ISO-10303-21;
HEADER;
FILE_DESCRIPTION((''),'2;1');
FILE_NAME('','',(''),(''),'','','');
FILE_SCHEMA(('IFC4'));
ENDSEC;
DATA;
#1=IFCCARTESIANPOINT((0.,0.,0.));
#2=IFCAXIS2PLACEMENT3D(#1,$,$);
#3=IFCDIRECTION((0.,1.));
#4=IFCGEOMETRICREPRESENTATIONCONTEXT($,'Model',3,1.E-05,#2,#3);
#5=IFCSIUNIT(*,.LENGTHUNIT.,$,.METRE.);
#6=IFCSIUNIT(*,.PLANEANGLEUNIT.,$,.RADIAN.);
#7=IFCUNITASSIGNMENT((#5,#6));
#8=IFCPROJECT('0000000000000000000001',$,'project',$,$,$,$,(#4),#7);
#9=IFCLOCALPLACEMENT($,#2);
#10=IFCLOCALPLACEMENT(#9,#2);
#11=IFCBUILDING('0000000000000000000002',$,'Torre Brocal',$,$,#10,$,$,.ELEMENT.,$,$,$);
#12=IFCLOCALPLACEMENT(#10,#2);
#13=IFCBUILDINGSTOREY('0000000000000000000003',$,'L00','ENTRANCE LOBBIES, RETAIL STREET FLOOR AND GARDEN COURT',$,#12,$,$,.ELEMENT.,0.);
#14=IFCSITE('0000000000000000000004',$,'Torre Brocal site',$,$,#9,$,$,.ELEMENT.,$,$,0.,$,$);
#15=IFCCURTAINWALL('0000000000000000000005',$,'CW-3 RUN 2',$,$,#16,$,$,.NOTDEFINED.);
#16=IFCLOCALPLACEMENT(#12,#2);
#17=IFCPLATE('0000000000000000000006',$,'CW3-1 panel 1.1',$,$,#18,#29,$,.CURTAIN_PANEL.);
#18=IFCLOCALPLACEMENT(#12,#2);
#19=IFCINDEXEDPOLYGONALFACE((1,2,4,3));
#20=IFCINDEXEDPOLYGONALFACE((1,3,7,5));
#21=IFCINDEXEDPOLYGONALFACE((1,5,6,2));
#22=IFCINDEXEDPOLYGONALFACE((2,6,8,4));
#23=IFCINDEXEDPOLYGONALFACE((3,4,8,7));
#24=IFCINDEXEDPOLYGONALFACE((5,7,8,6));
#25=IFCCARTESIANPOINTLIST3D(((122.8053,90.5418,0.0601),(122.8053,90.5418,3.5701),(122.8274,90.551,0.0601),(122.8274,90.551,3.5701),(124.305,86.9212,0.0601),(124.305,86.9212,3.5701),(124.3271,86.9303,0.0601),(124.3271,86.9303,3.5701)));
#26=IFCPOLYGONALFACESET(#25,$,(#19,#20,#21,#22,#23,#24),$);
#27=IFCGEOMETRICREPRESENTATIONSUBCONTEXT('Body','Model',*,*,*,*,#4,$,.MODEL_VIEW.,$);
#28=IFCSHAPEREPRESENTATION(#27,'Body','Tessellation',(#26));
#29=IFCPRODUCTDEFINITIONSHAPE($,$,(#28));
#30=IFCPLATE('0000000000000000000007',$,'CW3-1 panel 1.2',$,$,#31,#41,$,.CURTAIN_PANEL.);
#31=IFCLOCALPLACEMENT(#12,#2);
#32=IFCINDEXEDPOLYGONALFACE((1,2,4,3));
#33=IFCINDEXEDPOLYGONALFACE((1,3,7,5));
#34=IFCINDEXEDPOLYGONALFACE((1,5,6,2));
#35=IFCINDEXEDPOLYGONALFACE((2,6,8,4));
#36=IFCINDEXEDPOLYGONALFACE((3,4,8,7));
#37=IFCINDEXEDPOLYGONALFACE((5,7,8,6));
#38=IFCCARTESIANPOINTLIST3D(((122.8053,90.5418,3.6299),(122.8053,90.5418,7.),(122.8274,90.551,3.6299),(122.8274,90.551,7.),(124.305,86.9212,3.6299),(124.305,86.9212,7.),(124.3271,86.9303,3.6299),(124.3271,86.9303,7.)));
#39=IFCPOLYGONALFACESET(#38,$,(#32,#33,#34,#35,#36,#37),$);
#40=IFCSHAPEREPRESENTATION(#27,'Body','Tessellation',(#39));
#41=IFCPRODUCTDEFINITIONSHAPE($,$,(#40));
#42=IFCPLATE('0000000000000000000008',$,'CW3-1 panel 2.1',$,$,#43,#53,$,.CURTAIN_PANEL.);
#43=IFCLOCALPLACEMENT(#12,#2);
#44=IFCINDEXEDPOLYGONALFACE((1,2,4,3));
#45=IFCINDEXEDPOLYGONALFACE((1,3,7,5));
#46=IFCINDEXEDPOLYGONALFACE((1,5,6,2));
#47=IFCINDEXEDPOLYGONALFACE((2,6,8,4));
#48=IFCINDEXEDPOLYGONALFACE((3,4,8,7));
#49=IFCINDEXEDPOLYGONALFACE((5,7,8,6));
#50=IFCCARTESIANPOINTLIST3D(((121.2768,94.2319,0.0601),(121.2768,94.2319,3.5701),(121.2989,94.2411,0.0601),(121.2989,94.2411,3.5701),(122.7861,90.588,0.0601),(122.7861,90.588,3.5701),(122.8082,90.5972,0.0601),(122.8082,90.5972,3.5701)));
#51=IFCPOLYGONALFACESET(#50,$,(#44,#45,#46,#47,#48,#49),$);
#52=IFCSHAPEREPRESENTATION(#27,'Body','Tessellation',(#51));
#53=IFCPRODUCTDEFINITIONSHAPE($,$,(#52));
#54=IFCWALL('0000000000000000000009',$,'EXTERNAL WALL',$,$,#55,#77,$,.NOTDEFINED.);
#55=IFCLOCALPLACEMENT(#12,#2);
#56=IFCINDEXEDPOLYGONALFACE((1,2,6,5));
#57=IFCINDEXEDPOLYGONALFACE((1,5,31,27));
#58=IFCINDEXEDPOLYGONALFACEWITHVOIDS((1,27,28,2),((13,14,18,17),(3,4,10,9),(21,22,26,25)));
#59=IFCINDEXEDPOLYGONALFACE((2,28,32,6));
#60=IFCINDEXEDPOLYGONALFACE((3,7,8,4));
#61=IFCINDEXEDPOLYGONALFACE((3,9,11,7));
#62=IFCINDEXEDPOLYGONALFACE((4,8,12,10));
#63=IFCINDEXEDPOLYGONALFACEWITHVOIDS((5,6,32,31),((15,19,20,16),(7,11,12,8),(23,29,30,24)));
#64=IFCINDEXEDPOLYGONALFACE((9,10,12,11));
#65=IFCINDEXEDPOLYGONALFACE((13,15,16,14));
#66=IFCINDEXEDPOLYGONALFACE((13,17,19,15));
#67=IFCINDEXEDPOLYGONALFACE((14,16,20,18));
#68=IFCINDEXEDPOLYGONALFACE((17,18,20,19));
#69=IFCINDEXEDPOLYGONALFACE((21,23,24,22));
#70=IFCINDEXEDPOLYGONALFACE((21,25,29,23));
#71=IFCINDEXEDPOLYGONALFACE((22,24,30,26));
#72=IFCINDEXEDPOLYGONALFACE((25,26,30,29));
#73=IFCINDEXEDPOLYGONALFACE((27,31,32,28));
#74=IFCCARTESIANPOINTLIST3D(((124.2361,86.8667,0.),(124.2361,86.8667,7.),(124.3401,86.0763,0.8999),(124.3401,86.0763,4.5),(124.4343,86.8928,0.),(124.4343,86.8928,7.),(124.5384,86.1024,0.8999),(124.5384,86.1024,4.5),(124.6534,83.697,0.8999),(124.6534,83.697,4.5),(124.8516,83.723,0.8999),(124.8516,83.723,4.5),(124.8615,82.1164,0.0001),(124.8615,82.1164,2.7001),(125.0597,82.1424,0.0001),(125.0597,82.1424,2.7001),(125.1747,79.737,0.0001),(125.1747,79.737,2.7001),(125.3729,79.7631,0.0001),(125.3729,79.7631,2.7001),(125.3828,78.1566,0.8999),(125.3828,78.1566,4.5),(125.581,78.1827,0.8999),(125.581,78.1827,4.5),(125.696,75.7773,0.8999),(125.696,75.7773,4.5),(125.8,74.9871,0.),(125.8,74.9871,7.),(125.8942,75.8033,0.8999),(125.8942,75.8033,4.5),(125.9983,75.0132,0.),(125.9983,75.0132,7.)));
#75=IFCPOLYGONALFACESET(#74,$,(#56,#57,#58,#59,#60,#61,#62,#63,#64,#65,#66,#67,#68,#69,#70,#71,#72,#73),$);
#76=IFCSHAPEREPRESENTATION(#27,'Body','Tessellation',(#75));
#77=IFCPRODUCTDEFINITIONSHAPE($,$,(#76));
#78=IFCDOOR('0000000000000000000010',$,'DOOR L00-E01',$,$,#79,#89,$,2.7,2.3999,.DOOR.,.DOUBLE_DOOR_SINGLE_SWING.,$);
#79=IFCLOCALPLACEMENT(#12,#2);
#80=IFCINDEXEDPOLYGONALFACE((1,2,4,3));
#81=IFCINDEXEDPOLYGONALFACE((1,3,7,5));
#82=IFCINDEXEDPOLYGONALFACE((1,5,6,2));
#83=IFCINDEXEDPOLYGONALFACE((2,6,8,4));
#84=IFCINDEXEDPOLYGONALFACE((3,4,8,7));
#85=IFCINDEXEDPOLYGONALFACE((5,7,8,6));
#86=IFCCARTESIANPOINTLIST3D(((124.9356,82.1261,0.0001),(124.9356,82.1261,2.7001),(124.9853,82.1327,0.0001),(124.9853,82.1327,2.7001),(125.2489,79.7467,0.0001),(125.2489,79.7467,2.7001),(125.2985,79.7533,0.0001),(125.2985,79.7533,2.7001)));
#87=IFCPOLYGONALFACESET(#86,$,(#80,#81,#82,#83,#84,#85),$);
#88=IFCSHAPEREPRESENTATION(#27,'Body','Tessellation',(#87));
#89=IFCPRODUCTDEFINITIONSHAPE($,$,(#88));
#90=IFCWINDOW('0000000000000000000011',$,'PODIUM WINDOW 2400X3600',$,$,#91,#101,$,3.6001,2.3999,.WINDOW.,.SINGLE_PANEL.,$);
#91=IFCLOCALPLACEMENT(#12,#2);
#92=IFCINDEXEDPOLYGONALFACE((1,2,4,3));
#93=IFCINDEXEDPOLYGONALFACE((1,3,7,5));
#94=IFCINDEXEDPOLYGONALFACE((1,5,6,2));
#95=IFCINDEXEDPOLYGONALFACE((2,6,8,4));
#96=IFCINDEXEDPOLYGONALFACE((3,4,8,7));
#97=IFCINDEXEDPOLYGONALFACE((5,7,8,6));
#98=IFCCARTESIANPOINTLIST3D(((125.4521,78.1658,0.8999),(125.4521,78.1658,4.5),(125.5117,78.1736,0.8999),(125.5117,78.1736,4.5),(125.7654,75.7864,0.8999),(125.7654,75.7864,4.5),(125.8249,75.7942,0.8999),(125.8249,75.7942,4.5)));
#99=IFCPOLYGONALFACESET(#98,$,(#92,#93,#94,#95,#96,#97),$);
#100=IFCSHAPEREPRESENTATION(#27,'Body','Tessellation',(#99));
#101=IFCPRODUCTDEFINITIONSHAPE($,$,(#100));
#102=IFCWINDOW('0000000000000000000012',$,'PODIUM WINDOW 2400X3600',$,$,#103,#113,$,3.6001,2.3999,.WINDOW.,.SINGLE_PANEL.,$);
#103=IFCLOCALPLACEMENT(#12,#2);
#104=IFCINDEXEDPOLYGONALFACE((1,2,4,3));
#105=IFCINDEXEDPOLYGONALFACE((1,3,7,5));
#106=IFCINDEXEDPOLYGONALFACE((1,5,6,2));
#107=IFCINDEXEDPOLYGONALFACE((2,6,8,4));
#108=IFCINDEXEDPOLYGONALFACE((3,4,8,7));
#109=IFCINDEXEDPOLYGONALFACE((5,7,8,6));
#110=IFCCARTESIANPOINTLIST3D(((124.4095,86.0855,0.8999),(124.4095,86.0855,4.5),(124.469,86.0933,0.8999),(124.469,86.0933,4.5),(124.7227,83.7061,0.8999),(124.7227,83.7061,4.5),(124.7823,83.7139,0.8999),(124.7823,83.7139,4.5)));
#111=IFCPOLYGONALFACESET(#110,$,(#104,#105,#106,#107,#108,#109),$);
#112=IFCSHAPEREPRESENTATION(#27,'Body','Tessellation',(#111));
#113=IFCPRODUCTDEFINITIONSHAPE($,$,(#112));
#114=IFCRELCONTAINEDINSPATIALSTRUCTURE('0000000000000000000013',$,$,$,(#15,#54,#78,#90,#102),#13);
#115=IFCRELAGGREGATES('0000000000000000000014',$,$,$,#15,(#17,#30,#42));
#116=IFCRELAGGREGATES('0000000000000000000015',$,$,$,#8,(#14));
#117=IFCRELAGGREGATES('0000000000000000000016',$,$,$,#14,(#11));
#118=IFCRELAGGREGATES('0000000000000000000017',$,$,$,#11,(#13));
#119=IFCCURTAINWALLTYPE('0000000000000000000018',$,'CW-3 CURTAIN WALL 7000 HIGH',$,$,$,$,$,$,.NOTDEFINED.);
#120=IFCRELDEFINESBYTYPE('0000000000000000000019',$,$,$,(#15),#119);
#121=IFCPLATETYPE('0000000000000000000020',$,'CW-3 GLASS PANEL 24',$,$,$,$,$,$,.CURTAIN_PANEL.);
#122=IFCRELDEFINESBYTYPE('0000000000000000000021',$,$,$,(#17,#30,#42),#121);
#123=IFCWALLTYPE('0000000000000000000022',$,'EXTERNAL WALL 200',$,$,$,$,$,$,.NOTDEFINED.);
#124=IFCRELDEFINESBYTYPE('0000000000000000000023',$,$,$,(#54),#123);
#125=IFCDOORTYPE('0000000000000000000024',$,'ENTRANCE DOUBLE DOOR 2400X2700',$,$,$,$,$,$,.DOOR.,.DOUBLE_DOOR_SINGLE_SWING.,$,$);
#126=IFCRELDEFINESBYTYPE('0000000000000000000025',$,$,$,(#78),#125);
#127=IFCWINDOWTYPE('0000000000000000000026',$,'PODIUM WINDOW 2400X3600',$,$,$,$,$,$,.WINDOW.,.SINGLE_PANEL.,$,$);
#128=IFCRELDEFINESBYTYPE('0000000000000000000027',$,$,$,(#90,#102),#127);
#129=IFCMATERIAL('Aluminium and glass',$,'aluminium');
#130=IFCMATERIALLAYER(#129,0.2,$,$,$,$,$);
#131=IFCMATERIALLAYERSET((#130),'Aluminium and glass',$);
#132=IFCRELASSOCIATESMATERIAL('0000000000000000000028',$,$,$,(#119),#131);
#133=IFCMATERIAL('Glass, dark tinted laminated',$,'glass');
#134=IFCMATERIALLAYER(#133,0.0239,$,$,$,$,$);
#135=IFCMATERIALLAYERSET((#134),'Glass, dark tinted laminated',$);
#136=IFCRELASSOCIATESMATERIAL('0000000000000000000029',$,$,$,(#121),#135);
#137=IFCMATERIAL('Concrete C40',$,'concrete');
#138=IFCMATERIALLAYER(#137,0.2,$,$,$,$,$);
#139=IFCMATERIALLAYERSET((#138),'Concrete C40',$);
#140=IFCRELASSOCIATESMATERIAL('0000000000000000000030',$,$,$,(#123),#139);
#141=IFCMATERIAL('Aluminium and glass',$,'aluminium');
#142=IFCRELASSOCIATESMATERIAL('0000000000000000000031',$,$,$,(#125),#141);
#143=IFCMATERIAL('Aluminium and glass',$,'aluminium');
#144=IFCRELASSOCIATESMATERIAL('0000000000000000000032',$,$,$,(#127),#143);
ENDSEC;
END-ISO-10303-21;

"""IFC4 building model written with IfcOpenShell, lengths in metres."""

from ifc_helpers import new_model, si_unit, direction, frame, frame_2d, origin, origin_2d, place, context, subcontext, project, spatial, rectangle, extrude, material, layer, layer_set, type_object, element, fill, aggregate, save


model = new_model("IFC4")

# Units and contexts
model_context = context("Model", 3, precision=1e-05, world=origin(), true_north=direction((0.0, 1.0)))
body_context = subcontext(model_context, "Body", "Model", "MODEL_VIEW")
ifc_project = project(units=[si_unit("LENGTHUNIT", "METRE"), si_unit("PLANEANGLEUNIT", "RADIAN")], contexts=[model_context])

# Site, building, storey
site_placement = place(None, origin())
site = spatial("IfcSite", under=ifc_project, at=site_placement, Name="Torre Brocal site", CompositionType="ELEMENT", RefElevation=0.0)
building_placement = place(site_placement, origin())
building = spatial("IfcBuilding", under=site, at=building_placement, Name="Torre Brocal", CompositionType="ELEMENT")
storey_placement = place(building_placement, origin())
storey = spatial("IfcBuildingStorey", under=building, at=storey_placement, Name="L00", Description="ENTRANCE LOBBIES, RETAIL STREET FLOOR AND GARDEN COURT", CompositionType="ELEMENT", Elevation=0.0)

# Curtain wall
ifc_material_1 = material(Name="Aluminium and glass", Category="aluminium")
ifc_layer_1 = layer(ifc_material_1, 0.2)
ifc_layer_set_1 = layer_set([ifc_layer_1], Name="Aluminium and glass")
curtain_wall_type = type_object("IfcCurtainWallType", Name="CW-3 CURTAIN WALL 7000 HIGH", PredefinedType="NOTDEFINED", material=ifc_layer_set_1)
curtain_wall_placement = place(storey_placement, origin())
curtain_wall = element("IfcCurtainWall", 1, at=curtain_wall_placement, inside=storey, type_object=curtain_wall_type, Name="CW-3 RUN 2", PredefinedType="NOTDEFINED")

# Plates
ifc_material_2 = material(Name="Glass, dark tinted laminated", Category="glass")
ifc_layer_2 = layer(ifc_material_2, 0.0239)
ifc_layer_set_2 = layer_set([ifc_layer_2], Name="Glass, dark tinted laminated")
plate_type = type_object("IfcPlateType", Name="CW-3 GLASS PANEL 24", PredefinedType="CURTAIN_PANEL", material=ifc_layer_set_2)
plate_1_placement = place(storey_placement, frame((123.5662, 88.7361, 0.0601), z_axis=(0.0, 0.0, 1.0), x_axis=(-0.382683, 0.92388, 0.0)))
plate_1 = element("IfcPlate", 2, at=plate_1_placement, type_object=plate_type, Name="CW3-1 panel 1.1", PredefinedType="CURTAIN_PANEL", context=body_context, shape_type="SweptSolid", body=[
    extrude(rectangle(XDim=3.9189, YDim=0.0239, at=origin_2d()), origin(), (0.0, 0.0, 1.0), 3.51),
])
plate_2_placement = place(storey_placement, frame((123.5662, 88.7361, 3.6299), z_axis=(0.0, 0.0, 1.0), x_axis=(-0.382683, 0.92388, 0.0)))
plate_2 = element("IfcPlate", 3, at=plate_2_placement, type_object=plate_type, Name="CW3-1 panel 1.2", PredefinedType="CURTAIN_PANEL", context=body_context, shape_type="SweptSolid", body=[
    extrude(rectangle(XDim=3.9189, YDim=0.0239, at=origin_2d()), origin(), (0.0, 0.0, 1.0), 3.3701),
])
plate_3_placement = place(storey_placement, frame((122.0425, 92.4146, 0.0601), z_axis=(0.0, 0.0, 1.0), x_axis=(-0.382683, 0.92388, 0.0)))
plate_3 = element("IfcPlate", 4, at=plate_3_placement, type_object=plate_type, Name="CW3-1 panel 2.1", PredefinedType="CURTAIN_PANEL", context=body_context, shape_type="SweptSolid", body=[
    extrude(rectangle(XDim=3.9441, YDim=0.0239, at=origin_2d()), origin(), (0.0, 0.0, 1.0), 3.51),
])
aggregate(curtain_wall, [plate_1, plate_2, plate_3])

# Wall, openings, door, windows
ifc_material_3 = material(Name="Concrete C40", Category="concrete")
ifc_layer_3 = layer(ifc_material_3, 0.2)
ifc_layer_set_3 = layer_set([ifc_layer_3], Name="Concrete C40")
wall_type = type_object("IfcWallType", Name="EXTERNAL WALL 200", PredefinedType="NOTDEFINED", material=ifc_layer_set_3)
wall_placement = place(storey_placement, frame((125.8992, 75.0, 0.0), z_axis=(0.0, 0.0, 1.0), x_axis=(-0.130525, 0.991445, 0.0)))
wall = element("IfcWall", 5, at=wall_placement, inside=storey, type_object=wall_type, Name="EXTERNAL WALL", PredefinedType="NOTDEFINED", context=body_context, shape_type="SweptSolid", body=[
    extrude(rectangle(XDim=11.9822, YDim=0.2, at=frame_2d((5.9912, 0.0))), origin(), (0.0, 0.0, 1.0), 7.0),
])
opening_1_placement = place(wall_placement, frame((0.7971, 0.0, 0.8999)))
opening_1 = element("IfcOpeningElement", 6, at=opening_1_placement, cuts=wall, PredefinedType="OPENING", context=body_context, shape_type="SweptSolid", body=[
    extrude(rectangle(XDim=2.3999, YDim=3.6001, at=frame_2d((1.2, 1.8))), frame((0.0, 0.1099, 0.0), z_axis=(0.0, -1.0, 0.0), x_axis=(1.0, 0.0, 0.0)), (0.0, 0.0, 1.0), 0.22),
])
opening_2_placement = place(wall_placement, frame((4.791, 0.0, 0.0)))
opening_2 = element("IfcOpeningElement", 7, at=opening_2_placement, cuts=wall, PredefinedType="OPENING", context=body_context, shape_type="SweptSolid", body=[
    extrude(rectangle(XDim=2.3999, YDim=2.7, at=frame_2d((1.2, 1.3501))), frame((0.0, 0.1099, 0.0), z_axis=(0.0, -1.0, 0.0), x_axis=(1.0, 0.0, 0.0)), (0.0, 0.0, 1.0), 0.22),
])
opening_3_placement = place(wall_placement, frame((8.7852, 0.0, 0.8999)))
opening_3 = element("IfcOpeningElement", 8, at=opening_3_placement, cuts=wall, PredefinedType="OPENING", context=body_context, shape_type="SweptSolid", body=[
    extrude(rectangle(XDim=2.3999, YDim=3.6001, at=frame_2d((1.2, 1.8))), frame((0.0, 0.1099, 0.0), z_axis=(0.0, -1.0, 0.0), x_axis=(1.0, 0.0, 0.0)), (0.0, 0.0, 1.0), 0.22),
])
ifc_material_4 = material(Name="Aluminium and glass", Category="aluminium")
door_type = type_object("IfcDoorType", Name="ENTRANCE DOUBLE DOOR 2400X2700", OperationType="DOUBLE_DOOR_SINGLE_SWING", PredefinedType="DOOR", material=ifc_material_4)
door_placement = place(opening_2_placement, frame((2.3999, 0.0, 0.0), z_axis=(0.0, 0.0, 1.0), x_axis=(-1.0, 0.0, 0.0)))
door = element("IfcDoor", 9, at=door_placement, inside=storey, type_object=door_type, Name="DOOR L00-E01", OperationType="DOUBLE_DOOR_SINGLE_SWING", OverallHeight=2.7, OverallWidth=2.3999, PredefinedType="DOOR", context=body_context, shape_type="SweptSolid", body=[
    extrude(rectangle(XDim=2.3999, YDim=2.7, at=frame_2d((1.2, 1.3501))), frame((0.0, 0.0249, 0.0), z_axis=(0.0, -1.0, 0.0), x_axis=(1.0, 0.0, 0.0)), (0.0, 0.0, 1.0), 0.05),
])
fill(opening_2, door)
ifc_material_5 = material(Name="Aluminium and glass", Category="aluminium")
window_type = type_object("IfcWindowType", Name="PODIUM WINDOW 2400X3600", PartitioningType="SINGLE_PANEL", PredefinedType="WINDOW", material=ifc_material_5)
window_1_placement = place(opening_1_placement, origin())
window_1 = element("IfcWindow", 10, at=window_1_placement, inside=storey, type_object=window_type, Name="PODIUM WINDOW 2400X3600", OverallHeight=3.6001, OverallWidth=2.3999, PartitioningType="SINGLE_PANEL", PredefinedType="WINDOW", context=body_context, shape_type="SweptSolid", body=[
    extrude(rectangle(XDim=2.3999, YDim=3.6001, at=frame_2d((1.2, 1.8))), frame((0.0, 0.03, 0.0), z_axis=(0.0, -1.0, 0.0), x_axis=(1.0, 0.0, 0.0)), (0.0, 0.0, 1.0), 0.0601),
])
fill(opening_1, window_1)
window_2_placement = place(opening_3_placement, origin())
window_2 = element("IfcWindow", 11, at=window_2_placement, inside=storey, type_object=window_type, Name="PODIUM WINDOW 2400X3600", OverallHeight=3.6001, OverallWidth=2.3999, PartitioningType="SINGLE_PANEL", PredefinedType="WINDOW", context=body_context, shape_type="SweptSolid", body=[
    extrude(rectangle(XDim=2.3999, YDim=3.6001, at=frame_2d((1.2, 1.8))), frame((0.0, 0.03, 0.0), z_axis=(0.0, -1.0, 0.0), x_axis=(1.0, 0.0, 0.0)), (0.0, 0.0, 1.0), 0.0601),
])
fill(opening_3, window_2)

save(model, "model.ifc")
